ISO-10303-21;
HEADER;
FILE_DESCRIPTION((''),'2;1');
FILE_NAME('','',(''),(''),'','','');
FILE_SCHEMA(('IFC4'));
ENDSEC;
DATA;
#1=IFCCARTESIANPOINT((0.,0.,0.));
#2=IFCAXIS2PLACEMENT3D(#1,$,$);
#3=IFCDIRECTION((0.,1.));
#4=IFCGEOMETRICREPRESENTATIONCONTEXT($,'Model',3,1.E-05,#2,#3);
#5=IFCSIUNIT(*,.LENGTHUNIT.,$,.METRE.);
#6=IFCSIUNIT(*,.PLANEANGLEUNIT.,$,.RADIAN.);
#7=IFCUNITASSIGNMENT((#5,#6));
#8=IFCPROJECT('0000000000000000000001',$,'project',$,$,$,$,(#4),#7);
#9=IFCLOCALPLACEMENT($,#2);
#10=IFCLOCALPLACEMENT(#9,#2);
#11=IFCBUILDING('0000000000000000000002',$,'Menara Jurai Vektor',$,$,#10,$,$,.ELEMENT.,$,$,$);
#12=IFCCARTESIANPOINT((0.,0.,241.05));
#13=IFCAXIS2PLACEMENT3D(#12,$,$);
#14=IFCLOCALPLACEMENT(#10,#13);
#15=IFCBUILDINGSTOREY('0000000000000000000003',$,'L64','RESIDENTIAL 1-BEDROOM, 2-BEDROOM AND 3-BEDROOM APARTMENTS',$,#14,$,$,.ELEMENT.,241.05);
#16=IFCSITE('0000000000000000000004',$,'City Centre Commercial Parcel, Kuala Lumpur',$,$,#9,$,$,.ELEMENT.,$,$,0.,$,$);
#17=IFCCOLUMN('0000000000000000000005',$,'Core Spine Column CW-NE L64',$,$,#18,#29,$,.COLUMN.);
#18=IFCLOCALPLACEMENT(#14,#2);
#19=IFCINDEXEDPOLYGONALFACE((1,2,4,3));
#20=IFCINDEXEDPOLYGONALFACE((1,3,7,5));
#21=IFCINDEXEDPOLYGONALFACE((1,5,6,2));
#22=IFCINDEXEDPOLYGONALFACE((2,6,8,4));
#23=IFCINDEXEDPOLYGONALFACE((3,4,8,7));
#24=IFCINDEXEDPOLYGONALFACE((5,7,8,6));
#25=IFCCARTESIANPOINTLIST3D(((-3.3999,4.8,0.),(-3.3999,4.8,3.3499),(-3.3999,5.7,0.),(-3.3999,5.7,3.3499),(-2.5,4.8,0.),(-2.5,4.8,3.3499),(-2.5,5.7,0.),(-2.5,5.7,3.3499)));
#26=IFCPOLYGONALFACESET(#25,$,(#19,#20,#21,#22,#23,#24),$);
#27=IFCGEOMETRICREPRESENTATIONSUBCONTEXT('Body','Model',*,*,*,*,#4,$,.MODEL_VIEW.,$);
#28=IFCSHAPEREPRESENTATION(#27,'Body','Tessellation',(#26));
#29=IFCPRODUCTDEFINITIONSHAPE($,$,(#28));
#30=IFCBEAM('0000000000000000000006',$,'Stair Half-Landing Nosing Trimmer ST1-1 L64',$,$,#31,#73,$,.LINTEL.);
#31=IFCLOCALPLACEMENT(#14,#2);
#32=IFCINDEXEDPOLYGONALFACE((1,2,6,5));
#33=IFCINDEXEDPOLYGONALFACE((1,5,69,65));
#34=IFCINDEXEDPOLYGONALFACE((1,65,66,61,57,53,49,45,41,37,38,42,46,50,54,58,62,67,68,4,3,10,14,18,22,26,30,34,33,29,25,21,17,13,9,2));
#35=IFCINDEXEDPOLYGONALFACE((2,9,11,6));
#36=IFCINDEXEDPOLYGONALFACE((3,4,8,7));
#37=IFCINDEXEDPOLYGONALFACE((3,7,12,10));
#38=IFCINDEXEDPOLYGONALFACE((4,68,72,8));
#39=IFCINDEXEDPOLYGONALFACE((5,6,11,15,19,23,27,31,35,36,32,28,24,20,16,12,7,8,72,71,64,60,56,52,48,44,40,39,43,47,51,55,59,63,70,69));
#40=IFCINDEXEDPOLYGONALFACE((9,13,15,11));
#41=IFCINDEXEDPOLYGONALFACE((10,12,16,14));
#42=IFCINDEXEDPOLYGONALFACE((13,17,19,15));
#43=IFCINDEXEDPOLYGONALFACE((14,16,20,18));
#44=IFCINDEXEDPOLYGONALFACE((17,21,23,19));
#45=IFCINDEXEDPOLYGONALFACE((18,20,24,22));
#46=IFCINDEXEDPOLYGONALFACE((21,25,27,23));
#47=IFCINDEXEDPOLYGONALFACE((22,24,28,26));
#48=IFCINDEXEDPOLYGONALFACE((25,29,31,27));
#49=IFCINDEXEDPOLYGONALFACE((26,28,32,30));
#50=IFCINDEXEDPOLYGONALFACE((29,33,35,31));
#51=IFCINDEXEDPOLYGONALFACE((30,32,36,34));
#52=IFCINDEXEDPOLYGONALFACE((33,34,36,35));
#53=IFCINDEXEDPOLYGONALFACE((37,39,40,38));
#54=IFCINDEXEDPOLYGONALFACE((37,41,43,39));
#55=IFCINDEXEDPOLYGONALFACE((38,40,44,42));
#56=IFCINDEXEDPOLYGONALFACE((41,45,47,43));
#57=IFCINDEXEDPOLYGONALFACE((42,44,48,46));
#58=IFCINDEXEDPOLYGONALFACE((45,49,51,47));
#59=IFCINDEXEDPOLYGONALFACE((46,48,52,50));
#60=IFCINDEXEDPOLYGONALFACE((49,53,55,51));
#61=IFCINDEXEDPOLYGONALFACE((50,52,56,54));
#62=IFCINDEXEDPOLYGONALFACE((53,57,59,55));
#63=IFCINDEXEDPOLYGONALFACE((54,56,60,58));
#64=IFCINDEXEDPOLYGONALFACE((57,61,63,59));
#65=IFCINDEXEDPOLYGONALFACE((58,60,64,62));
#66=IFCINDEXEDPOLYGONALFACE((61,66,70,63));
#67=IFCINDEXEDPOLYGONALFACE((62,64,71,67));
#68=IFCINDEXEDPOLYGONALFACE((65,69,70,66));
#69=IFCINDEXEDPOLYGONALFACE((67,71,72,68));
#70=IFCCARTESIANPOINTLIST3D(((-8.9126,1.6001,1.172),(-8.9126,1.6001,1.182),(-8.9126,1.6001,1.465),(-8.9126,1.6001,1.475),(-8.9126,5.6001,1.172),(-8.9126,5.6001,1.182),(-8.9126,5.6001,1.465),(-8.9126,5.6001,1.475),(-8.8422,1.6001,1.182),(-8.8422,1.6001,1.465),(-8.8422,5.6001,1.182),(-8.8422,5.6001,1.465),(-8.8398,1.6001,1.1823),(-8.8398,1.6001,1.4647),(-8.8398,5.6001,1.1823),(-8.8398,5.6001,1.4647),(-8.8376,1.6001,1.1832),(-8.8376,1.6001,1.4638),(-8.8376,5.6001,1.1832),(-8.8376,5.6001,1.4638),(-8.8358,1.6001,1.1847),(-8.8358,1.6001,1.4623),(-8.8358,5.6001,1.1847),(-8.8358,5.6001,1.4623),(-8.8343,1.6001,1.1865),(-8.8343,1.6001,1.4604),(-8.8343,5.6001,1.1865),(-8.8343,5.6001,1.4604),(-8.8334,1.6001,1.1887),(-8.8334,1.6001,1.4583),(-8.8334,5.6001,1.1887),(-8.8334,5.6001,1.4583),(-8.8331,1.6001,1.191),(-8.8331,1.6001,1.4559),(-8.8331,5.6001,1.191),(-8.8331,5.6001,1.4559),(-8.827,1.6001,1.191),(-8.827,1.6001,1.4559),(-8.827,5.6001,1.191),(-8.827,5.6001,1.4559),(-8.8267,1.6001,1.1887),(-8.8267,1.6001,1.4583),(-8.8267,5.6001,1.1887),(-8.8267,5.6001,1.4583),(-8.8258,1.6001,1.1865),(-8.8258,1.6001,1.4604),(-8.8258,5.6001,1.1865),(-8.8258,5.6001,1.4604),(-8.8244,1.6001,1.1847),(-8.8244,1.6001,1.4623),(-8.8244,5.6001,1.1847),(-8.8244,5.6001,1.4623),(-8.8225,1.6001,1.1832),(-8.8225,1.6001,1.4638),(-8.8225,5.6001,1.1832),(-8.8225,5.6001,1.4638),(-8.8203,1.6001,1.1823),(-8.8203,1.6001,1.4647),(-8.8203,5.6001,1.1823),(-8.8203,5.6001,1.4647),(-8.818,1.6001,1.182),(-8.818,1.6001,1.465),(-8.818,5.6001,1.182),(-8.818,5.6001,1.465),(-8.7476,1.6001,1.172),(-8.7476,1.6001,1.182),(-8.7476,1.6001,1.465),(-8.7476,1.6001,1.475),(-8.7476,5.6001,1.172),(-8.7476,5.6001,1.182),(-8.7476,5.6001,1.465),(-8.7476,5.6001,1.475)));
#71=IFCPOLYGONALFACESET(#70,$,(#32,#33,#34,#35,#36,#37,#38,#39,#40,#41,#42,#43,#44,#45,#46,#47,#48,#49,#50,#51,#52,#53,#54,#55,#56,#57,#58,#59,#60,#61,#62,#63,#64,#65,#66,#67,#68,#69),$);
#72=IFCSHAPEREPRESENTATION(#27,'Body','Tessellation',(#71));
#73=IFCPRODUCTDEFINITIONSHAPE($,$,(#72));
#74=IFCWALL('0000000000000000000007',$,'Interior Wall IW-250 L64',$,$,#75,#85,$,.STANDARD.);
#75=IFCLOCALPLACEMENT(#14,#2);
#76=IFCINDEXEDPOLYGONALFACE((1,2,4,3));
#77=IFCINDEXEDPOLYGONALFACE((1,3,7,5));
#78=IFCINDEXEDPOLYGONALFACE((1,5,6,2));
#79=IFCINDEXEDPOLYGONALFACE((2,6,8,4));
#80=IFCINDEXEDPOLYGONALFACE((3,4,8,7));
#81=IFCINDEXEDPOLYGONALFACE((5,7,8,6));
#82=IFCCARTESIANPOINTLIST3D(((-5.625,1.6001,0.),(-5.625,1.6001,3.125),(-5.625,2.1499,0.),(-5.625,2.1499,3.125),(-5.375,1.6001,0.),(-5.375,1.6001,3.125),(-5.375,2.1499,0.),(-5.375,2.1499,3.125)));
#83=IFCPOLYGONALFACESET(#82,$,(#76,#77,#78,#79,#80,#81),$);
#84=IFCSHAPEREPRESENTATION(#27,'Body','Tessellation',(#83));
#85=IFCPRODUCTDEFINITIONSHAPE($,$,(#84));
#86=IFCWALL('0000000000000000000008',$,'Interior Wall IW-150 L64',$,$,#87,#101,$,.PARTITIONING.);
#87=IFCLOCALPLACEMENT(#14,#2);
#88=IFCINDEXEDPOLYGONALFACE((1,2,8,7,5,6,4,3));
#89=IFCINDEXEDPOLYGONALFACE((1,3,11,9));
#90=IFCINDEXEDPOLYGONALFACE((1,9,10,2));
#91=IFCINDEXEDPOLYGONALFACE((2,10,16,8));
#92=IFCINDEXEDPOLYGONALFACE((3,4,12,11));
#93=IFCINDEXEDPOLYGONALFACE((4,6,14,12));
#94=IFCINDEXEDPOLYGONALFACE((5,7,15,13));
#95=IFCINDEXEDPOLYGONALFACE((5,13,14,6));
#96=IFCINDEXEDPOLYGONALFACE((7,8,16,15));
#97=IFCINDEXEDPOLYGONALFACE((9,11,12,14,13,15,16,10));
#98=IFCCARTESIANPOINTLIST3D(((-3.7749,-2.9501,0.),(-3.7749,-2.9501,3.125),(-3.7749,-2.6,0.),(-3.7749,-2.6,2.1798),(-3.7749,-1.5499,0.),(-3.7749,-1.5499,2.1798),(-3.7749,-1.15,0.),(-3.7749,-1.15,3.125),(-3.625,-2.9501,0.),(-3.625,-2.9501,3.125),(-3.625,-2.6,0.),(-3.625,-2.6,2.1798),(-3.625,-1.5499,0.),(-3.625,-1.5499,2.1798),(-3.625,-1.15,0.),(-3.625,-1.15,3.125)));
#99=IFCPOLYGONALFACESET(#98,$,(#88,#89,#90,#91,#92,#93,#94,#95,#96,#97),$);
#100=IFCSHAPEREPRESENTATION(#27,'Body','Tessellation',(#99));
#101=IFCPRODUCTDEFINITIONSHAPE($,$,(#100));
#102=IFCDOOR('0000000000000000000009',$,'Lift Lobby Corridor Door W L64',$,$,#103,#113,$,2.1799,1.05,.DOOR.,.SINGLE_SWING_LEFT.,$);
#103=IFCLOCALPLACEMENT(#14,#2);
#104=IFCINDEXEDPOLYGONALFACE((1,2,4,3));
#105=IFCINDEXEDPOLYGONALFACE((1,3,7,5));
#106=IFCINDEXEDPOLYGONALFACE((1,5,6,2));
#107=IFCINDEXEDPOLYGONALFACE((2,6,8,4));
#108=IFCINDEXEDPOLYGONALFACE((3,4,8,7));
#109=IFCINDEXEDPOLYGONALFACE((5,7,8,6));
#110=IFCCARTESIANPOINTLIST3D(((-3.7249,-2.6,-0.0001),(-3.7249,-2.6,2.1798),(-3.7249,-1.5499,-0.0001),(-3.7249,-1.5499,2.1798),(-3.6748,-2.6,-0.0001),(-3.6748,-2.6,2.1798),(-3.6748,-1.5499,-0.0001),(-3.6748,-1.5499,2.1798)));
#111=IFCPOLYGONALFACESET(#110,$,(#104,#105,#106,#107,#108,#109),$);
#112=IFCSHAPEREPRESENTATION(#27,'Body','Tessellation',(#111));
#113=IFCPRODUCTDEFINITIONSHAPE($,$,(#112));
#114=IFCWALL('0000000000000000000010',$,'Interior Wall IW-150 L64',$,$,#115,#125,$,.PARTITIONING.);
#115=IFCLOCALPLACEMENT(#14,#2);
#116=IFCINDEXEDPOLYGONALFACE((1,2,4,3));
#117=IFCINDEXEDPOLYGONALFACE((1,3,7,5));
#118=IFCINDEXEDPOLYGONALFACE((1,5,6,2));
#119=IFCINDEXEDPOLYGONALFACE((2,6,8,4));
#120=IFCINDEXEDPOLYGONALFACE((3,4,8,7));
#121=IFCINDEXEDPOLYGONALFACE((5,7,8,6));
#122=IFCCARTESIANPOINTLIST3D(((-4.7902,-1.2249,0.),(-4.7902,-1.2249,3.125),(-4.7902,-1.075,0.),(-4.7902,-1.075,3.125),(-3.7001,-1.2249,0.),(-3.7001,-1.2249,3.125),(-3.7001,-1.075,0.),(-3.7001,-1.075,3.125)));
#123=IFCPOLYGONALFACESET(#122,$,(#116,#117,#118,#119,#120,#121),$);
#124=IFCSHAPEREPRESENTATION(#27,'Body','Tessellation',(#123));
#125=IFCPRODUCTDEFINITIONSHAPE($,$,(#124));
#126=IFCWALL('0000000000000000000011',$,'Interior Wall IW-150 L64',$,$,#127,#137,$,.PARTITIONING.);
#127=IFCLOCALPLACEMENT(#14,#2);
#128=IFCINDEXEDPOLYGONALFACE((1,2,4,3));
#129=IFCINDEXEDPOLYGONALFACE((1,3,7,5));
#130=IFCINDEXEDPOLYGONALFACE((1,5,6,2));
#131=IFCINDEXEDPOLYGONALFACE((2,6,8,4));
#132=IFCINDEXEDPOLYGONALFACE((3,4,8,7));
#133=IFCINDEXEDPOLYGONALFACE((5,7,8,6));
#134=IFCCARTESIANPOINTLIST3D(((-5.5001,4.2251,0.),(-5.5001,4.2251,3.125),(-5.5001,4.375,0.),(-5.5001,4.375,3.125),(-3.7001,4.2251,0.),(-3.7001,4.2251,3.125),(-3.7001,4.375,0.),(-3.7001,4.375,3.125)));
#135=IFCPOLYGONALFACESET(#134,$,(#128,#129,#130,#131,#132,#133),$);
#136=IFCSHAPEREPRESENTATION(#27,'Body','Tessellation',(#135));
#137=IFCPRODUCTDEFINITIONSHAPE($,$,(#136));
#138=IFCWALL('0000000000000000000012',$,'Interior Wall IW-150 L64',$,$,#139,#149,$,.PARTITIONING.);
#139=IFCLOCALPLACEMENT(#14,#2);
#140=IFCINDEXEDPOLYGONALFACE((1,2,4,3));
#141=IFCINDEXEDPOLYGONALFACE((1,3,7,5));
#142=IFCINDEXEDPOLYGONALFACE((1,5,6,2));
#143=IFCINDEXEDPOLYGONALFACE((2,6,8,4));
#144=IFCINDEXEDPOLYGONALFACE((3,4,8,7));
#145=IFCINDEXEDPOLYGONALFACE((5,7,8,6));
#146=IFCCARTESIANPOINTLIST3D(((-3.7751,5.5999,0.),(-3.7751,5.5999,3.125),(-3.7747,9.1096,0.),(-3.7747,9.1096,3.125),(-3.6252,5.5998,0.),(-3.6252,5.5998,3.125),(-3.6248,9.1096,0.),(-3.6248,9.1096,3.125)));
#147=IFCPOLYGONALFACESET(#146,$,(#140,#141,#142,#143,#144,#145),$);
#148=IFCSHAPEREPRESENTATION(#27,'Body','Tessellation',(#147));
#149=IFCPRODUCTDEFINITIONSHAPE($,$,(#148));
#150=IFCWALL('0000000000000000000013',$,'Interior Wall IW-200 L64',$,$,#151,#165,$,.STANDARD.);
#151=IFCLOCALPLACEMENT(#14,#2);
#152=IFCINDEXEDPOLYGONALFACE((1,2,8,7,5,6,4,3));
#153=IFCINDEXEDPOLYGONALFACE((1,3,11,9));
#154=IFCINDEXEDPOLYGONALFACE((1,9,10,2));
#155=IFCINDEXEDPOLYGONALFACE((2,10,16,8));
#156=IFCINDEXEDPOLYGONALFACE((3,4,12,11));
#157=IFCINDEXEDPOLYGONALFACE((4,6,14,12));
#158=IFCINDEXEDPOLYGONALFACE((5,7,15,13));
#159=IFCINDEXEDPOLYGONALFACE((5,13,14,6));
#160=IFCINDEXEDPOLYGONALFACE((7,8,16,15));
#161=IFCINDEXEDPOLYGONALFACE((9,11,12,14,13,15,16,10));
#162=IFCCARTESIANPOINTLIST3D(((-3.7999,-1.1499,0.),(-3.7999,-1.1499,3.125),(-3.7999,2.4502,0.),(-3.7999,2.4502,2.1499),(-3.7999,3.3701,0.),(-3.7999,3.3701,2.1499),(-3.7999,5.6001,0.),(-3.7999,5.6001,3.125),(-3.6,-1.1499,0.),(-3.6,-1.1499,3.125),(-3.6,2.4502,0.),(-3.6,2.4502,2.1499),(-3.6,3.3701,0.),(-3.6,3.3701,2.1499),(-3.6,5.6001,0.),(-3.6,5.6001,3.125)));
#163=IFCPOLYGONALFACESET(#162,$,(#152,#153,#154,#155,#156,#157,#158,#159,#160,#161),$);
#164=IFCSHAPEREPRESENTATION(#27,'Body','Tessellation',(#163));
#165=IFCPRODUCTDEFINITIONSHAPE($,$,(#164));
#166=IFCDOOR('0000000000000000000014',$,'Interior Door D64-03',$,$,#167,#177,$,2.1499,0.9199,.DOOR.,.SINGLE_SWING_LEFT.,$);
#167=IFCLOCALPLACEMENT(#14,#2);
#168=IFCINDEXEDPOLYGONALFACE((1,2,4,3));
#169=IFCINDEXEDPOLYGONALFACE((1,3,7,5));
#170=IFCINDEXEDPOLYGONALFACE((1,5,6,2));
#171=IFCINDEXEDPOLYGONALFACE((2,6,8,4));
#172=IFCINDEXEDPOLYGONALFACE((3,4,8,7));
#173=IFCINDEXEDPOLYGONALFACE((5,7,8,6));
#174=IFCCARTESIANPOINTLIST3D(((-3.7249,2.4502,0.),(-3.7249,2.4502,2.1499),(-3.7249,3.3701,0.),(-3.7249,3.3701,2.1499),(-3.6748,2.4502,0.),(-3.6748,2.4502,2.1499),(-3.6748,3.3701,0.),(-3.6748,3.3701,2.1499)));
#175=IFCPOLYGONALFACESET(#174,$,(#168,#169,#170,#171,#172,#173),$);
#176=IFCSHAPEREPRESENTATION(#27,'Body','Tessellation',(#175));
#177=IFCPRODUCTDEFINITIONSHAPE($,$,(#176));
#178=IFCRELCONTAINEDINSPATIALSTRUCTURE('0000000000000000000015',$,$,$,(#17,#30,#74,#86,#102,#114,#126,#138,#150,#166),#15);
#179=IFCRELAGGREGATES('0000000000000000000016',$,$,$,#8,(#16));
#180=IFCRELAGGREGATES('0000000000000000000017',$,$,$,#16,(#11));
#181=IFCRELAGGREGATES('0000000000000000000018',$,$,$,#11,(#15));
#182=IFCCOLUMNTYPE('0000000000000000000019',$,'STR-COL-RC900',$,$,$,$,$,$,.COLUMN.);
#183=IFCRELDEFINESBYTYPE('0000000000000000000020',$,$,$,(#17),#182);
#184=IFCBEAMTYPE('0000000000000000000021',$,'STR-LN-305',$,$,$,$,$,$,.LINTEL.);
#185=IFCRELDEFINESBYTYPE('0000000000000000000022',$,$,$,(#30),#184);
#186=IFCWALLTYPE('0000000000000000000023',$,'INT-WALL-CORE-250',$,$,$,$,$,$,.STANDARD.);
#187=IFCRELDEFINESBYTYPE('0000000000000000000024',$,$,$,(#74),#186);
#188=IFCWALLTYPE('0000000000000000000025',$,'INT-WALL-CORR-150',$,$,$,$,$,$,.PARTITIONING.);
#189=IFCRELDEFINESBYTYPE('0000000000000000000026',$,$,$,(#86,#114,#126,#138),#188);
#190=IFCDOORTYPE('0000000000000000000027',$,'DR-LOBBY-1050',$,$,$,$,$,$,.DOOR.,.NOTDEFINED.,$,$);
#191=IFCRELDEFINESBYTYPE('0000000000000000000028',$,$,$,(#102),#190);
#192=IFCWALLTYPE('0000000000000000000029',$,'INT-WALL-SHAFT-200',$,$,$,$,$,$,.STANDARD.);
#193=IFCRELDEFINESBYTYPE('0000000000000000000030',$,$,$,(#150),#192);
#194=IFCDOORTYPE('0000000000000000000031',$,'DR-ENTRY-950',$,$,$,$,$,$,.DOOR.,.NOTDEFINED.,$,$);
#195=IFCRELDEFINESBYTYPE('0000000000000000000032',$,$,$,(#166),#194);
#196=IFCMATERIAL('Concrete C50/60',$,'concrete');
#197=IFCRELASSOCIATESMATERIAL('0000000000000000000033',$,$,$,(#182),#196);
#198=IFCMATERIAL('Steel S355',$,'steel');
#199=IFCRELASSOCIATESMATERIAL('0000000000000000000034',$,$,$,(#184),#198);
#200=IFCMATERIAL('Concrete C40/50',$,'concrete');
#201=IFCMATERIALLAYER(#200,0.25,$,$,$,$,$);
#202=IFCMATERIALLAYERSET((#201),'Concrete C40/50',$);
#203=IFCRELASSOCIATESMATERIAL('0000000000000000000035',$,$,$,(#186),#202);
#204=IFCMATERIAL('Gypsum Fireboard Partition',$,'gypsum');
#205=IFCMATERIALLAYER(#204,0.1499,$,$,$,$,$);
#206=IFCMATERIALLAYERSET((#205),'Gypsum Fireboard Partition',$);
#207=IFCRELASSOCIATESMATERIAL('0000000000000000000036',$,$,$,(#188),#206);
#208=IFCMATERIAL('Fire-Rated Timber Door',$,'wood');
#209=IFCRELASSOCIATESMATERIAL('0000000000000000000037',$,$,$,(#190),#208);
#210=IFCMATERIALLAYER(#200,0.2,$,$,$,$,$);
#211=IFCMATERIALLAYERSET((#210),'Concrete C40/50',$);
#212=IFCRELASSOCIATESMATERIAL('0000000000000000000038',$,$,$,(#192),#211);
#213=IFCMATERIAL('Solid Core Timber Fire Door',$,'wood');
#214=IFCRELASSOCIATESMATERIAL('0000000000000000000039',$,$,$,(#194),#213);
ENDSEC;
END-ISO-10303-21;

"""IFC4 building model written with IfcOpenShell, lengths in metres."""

from ifc_helpers import new_model, si_unit, direction, frame, frame_2d, origin, origin_2d, place, context, subcontext, project, spatial, rectangle, i_section, extrude, material, layer, layer_set, material_profile, profile_set, type_object, element, fill, save


model = new_model("IFC4")

# Units and contexts
model_context = context("Model", 3, precision=1e-05, world=origin(), true_north=direction((0.0, 1.0)))
body_context = subcontext(model_context, "Body", "Model", "MODEL_VIEW")
ifc_project = project(units=[si_unit("LENGTHUNIT", "METRE"), si_unit("PLANEANGLEUNIT", "RADIAN")], contexts=[model_context])

# Site, building, storey
site_placement = place(None, origin())
site = spatial("IfcSite", under=ifc_project, at=site_placement, Name="City Centre Commercial Parcel, Kuala Lumpur", CompositionType="ELEMENT", RefElevation=0.0)
building_placement = place(site_placement, origin())
building = spatial("IfcBuilding", under=site, at=building_placement, Name="Menara Jurai Vektor", CompositionType="ELEMENT")
storey_placement = place(building_placement, frame((0.0, 0.0, 241.05)))
storey = spatial("IfcBuildingStorey", under=building, at=storey_placement, Name="L64", Description="RESIDENTIAL 1-BEDROOM, 2-BEDROOM AND 3-BEDROOM APARTMENTS", CompositionType="ELEMENT", Elevation=241.05)

# Column
ifc_material_1 = material(Name="Concrete C50/60", Category="concrete")
ifc_material_profile_1 = material_profile(ifc_material_1, rectangle(XDim=0.8999, YDim=0.8999, at=origin_2d()), Name="RC 900x900")
ifc_profile_set_1 = profile_set([ifc_material_profile_1], Name="Concrete C50/60")
column_type = type_object("IfcColumnType", Name="STR-COL-RC900", PredefinedType="COLUMN", material=ifc_profile_set_1)
column_placement = place(storey_placement, frame((-2.95, 5.25, 0.0), z_axis=(0.0, 0.0, 1.0), x_axis=(1.0, 0.0, 0.0)))
element("IfcColumn", 1, at=column_placement, inside=storey, type_object=column_type, Name="Core Spine Column CW-NE L64", PredefinedType="COLUMN", context=body_context, shape_type="SweptSolid", body=[
    extrude(rectangle(XDim=0.8999, YDim=0.8999, at=origin_2d()), origin(), (0.0, 0.0, 1.0), 3.3499),
])

# Beam
ifc_material_2 = material(Name="Steel S355", Category="steel")
ifc_material_profile_2 = material_profile(ifc_material_2, i_section(OverallWidth=0.165, OverallDepth=0.303, WebThickness=0.0061, FlangeThickness=0.01, FilletRadius=0.009, at=origin_2d()), Name="UKB 305x165x40")
ifc_profile_set_2 = profile_set([ifc_material_profile_2], Name="Steel S355")
beam_type = type_object("IfcBeamType", Name="STR-LN-305", PredefinedType="LINTEL", material=ifc_profile_set_2)
beam_placement = place(storey_placement, frame((-8.8301, 1.6001, 1.3235), z_axis=(0.0, 1.0, 0.0), x_axis=(-1.0, 0.0, 0.0)))
element("IfcBeam", 2, at=beam_placement, inside=storey, type_object=beam_type, Name="Stair Half-Landing Nosing Trimmer ST1-1 L64", PredefinedType="LINTEL", context=body_context, shape_type="SweptSolid", body=[
    extrude(i_section(OverallWidth=0.165, OverallDepth=0.303, WebThickness=0.0061, FlangeThickness=0.01, FilletRadius=0.009, at=origin_2d()), origin(), (0.0, 0.0, 1.0), 4.0),
])

# Wall
ifc_material_3 = material(Name="Concrete C40/50", Category="concrete")
ifc_layer_1 = layer(ifc_material_3, 0.25)
ifc_layer_set_1 = layer_set([ifc_layer_1], Name="Concrete C40/50")
wall_type_1 = type_object("IfcWallType", Name="INT-WALL-CORE-250", PredefinedType="STANDARD", material=ifc_layer_set_1)
wall_1_placement = place(storey_placement, frame((-5.5, 1.6001, 0.0), z_axis=(0.0, 0.0, 1.0), x_axis=(0.0, 1.0, 0.0)))
element("IfcWall", 3, at=wall_1_placement, inside=storey, type_object=wall_type_1, Name="Interior Wall IW-250 L64", PredefinedType="STANDARD", context=body_context, shape_type="SweptSolid", body=[
    extrude(rectangle(XDim=0.5498, YDim=0.25, at=frame_2d((0.2749, 0.0))), origin(), (0.0, 0.0, 1.0), 3.125),
])

# Wall, opening, door
ifc_material_4 = material(Name="Gypsum Fireboard Partition", Category="gypsum")
ifc_layer_2 = layer(ifc_material_4, 0.1499)
ifc_layer_set_2 = layer_set([ifc_layer_2], Name="Gypsum Fireboard Partition")
wall_type_2 = type_object("IfcWallType", Name="INT-WALL-CORR-150", PredefinedType="PARTITIONING", material=ifc_layer_set_2)
wall_2_placement = place(storey_placement, frame((-3.7, -2.95, 0.0), z_axis=(0.0, 0.0, 1.0), x_axis=(0.0, 1.0, 0.0)))
wall_2 = element("IfcWall", 4, at=wall_2_placement, inside=storey, type_object=wall_type_2, Name="Interior Wall IW-150 L64", PredefinedType="PARTITIONING", context=body_context, shape_type="SweptSolid", body=[
    extrude(rectangle(XDim=1.8, YDim=0.1499, at=frame_2d((0.8999, 0.0))), origin(), (0.0, 0.0, 1.0), 3.125),
])
opening_1_placement = place(wall_2_placement, frame((0.3501, 0.0, 0.0)))
opening_1 = element("IfcOpeningElement", 5, at=opening_1_placement, cuts=wall_2, PredefinedType="OPENING", context=body_context, shape_type="SweptSolid", body=[
    extrude(rectangle(XDim=1.05, YDim=2.1799, at=frame_2d((0.5249, 1.0898))), frame((0.0, 0.085, 0.0), z_axis=(0.0, -1.0, 0.0), x_axis=(1.0, 0.0, 0.0)), (0.0, 0.0, 1.0), 0.1699),
])
ifc_material_5 = material(Name="Fire-Rated Timber Door", Category="wood")
door_type_1 = type_object("IfcDoorType", Name="DR-LOBBY-1050", OperationType="NOTDEFINED", PredefinedType="DOOR", material=ifc_material_5)
door_1_placement = place(opening_1_placement, origin())
door_1 = element("IfcDoor", 6, at=door_1_placement, inside=storey, type_object=door_type_1, Name="Lift Lobby Corridor Door W L64", OperationType="SINGLE_SWING_LEFT", OverallHeight=2.1799, OverallWidth=1.05, PredefinedType="DOOR", context=body_context, shape_type="SweptSolid", body=[
    extrude(rectangle(XDim=1.05, YDim=2.1799, at=frame_2d((0.5249, 1.0898))), frame((0.0, 0.0249, 0.0), z_axis=(0.0, -1.0, 0.0), x_axis=(1.0, 0.0, 0.0)), (0.0, 0.0, 1.0), 0.05),
])
fill(opening_1, door_1)

# Walls
wall_3_placement = place(storey_placement, frame((-4.79, -1.1499, 0.0), z_axis=(0.0, 0.0, 1.0), x_axis=(1.0, 0.0, 0.0)))
element("IfcWall", 7, at=wall_3_placement, inside=storey, type_object=wall_type_2, Name="Interior Wall IW-150 L64", PredefinedType="PARTITIONING", context=body_context, shape_type="SweptSolid", body=[
    extrude(rectangle(XDim=1.0901, YDim=0.1499, at=frame_2d((0.5449, 0.0))), origin(), (0.0, 0.0, 1.0), 3.125),
])
wall_4_placement = place(storey_placement, frame((-5.5, 4.3, 0.0), z_axis=(0.0, 0.0, 1.0), x_axis=(1.0, 0.0, 0.0)))
element("IfcWall", 8, at=wall_4_placement, inside=storey, type_object=wall_type_2, Name="Interior Wall IW-150 L64", PredefinedType="PARTITIONING", context=body_context, shape_type="SweptSolid", body=[
    extrude(rectangle(XDim=1.8, YDim=0.1499, at=frame_2d((0.8999, 0.0))), origin(), (0.0, 0.0, 1.0), 3.125),
])
wall_5_placement = place(storey_placement, frame((-3.7002, 5.5999, 0.0), z_axis=(0.0, 0.0, 1.0), x_axis=(0.000139, 1.0, 0.0)))
element("IfcWall", 9, at=wall_5_placement, inside=storey, type_object=wall_type_2, Name="Interior Wall IW-150 L64", PredefinedType="PARTITIONING", context=body_context, shape_type="SweptSolid", body=[
    extrude(rectangle(XDim=3.5098, YDim=0.1499, at=frame_2d((1.7549, 0.0))), origin(), (0.0, 0.0, 1.0), 3.125),
])

# Wall, opening, door
ifc_layer_3 = layer(ifc_material_3, 0.2)
ifc_layer_set_3 = layer_set([ifc_layer_3], Name="Concrete C40/50")
wall_type_3 = type_object("IfcWallType", Name="INT-WALL-SHAFT-200", PredefinedType="STANDARD", material=ifc_layer_set_3)
wall_6_placement = place(storey_placement, frame((-3.7, -1.1499, 0.0), z_axis=(0.0, 0.0, 1.0), x_axis=(0.0, 1.0, 0.0)))
wall_6 = element("IfcWall", 10, at=wall_6_placement, inside=storey, type_object=wall_type_3, Name="Interior Wall IW-200 L64", PredefinedType="STANDARD", context=body_context, shape_type="SweptSolid", body=[
    extrude(rectangle(XDim=6.75, YDim=0.2, at=frame_2d((3.375, 0.0))), origin(), (0.0, 0.0, 1.0), 3.125),
])
opening_2_placement = place(wall_6_placement, frame((3.6001, 0.0, 0.0)))
opening_2 = element("IfcOpeningElement", 11, at=opening_2_placement, cuts=wall_6, PredefinedType="OPENING", context=body_context, shape_type="SweptSolid", body=[
    extrude(rectangle(XDim=0.9199, YDim=2.1499, at=frame_2d((0.46, 1.075))), frame((0.0, 0.1099, 0.0), z_axis=(0.0, -1.0, 0.0), x_axis=(1.0, 0.0, 0.0)), (0.0, 0.0, 1.0), 0.22),
])
ifc_material_6 = material(Name="Solid Core Timber Fire Door", Category="wood")
door_type_2 = type_object("IfcDoorType", Name="DR-ENTRY-950", OperationType="NOTDEFINED", PredefinedType="DOOR", material=ifc_material_6)
door_2_placement = place(opening_2_placement, origin())
door_2 = element("IfcDoor", 12, at=door_2_placement, inside=storey, type_object=door_type_2, Name="Interior Door D64-03", OperationType="SINGLE_SWING_LEFT", OverallHeight=2.1499, OverallWidth=0.9199, PredefinedType="DOOR", context=body_context, shape_type="SweptSolid", body=[
    extrude(rectangle(XDim=0.9199, YDim=2.1499, at=frame_2d((0.46, 1.075))), frame((0.0, 0.0249, 0.0), z_axis=(0.0, -1.0, 0.0), x_axis=(1.0, 0.0, 0.0)), (0.0, 0.0, 1.0), 0.05),
])
fill(opening_2, door_2)

save(model, "model.ifc")
